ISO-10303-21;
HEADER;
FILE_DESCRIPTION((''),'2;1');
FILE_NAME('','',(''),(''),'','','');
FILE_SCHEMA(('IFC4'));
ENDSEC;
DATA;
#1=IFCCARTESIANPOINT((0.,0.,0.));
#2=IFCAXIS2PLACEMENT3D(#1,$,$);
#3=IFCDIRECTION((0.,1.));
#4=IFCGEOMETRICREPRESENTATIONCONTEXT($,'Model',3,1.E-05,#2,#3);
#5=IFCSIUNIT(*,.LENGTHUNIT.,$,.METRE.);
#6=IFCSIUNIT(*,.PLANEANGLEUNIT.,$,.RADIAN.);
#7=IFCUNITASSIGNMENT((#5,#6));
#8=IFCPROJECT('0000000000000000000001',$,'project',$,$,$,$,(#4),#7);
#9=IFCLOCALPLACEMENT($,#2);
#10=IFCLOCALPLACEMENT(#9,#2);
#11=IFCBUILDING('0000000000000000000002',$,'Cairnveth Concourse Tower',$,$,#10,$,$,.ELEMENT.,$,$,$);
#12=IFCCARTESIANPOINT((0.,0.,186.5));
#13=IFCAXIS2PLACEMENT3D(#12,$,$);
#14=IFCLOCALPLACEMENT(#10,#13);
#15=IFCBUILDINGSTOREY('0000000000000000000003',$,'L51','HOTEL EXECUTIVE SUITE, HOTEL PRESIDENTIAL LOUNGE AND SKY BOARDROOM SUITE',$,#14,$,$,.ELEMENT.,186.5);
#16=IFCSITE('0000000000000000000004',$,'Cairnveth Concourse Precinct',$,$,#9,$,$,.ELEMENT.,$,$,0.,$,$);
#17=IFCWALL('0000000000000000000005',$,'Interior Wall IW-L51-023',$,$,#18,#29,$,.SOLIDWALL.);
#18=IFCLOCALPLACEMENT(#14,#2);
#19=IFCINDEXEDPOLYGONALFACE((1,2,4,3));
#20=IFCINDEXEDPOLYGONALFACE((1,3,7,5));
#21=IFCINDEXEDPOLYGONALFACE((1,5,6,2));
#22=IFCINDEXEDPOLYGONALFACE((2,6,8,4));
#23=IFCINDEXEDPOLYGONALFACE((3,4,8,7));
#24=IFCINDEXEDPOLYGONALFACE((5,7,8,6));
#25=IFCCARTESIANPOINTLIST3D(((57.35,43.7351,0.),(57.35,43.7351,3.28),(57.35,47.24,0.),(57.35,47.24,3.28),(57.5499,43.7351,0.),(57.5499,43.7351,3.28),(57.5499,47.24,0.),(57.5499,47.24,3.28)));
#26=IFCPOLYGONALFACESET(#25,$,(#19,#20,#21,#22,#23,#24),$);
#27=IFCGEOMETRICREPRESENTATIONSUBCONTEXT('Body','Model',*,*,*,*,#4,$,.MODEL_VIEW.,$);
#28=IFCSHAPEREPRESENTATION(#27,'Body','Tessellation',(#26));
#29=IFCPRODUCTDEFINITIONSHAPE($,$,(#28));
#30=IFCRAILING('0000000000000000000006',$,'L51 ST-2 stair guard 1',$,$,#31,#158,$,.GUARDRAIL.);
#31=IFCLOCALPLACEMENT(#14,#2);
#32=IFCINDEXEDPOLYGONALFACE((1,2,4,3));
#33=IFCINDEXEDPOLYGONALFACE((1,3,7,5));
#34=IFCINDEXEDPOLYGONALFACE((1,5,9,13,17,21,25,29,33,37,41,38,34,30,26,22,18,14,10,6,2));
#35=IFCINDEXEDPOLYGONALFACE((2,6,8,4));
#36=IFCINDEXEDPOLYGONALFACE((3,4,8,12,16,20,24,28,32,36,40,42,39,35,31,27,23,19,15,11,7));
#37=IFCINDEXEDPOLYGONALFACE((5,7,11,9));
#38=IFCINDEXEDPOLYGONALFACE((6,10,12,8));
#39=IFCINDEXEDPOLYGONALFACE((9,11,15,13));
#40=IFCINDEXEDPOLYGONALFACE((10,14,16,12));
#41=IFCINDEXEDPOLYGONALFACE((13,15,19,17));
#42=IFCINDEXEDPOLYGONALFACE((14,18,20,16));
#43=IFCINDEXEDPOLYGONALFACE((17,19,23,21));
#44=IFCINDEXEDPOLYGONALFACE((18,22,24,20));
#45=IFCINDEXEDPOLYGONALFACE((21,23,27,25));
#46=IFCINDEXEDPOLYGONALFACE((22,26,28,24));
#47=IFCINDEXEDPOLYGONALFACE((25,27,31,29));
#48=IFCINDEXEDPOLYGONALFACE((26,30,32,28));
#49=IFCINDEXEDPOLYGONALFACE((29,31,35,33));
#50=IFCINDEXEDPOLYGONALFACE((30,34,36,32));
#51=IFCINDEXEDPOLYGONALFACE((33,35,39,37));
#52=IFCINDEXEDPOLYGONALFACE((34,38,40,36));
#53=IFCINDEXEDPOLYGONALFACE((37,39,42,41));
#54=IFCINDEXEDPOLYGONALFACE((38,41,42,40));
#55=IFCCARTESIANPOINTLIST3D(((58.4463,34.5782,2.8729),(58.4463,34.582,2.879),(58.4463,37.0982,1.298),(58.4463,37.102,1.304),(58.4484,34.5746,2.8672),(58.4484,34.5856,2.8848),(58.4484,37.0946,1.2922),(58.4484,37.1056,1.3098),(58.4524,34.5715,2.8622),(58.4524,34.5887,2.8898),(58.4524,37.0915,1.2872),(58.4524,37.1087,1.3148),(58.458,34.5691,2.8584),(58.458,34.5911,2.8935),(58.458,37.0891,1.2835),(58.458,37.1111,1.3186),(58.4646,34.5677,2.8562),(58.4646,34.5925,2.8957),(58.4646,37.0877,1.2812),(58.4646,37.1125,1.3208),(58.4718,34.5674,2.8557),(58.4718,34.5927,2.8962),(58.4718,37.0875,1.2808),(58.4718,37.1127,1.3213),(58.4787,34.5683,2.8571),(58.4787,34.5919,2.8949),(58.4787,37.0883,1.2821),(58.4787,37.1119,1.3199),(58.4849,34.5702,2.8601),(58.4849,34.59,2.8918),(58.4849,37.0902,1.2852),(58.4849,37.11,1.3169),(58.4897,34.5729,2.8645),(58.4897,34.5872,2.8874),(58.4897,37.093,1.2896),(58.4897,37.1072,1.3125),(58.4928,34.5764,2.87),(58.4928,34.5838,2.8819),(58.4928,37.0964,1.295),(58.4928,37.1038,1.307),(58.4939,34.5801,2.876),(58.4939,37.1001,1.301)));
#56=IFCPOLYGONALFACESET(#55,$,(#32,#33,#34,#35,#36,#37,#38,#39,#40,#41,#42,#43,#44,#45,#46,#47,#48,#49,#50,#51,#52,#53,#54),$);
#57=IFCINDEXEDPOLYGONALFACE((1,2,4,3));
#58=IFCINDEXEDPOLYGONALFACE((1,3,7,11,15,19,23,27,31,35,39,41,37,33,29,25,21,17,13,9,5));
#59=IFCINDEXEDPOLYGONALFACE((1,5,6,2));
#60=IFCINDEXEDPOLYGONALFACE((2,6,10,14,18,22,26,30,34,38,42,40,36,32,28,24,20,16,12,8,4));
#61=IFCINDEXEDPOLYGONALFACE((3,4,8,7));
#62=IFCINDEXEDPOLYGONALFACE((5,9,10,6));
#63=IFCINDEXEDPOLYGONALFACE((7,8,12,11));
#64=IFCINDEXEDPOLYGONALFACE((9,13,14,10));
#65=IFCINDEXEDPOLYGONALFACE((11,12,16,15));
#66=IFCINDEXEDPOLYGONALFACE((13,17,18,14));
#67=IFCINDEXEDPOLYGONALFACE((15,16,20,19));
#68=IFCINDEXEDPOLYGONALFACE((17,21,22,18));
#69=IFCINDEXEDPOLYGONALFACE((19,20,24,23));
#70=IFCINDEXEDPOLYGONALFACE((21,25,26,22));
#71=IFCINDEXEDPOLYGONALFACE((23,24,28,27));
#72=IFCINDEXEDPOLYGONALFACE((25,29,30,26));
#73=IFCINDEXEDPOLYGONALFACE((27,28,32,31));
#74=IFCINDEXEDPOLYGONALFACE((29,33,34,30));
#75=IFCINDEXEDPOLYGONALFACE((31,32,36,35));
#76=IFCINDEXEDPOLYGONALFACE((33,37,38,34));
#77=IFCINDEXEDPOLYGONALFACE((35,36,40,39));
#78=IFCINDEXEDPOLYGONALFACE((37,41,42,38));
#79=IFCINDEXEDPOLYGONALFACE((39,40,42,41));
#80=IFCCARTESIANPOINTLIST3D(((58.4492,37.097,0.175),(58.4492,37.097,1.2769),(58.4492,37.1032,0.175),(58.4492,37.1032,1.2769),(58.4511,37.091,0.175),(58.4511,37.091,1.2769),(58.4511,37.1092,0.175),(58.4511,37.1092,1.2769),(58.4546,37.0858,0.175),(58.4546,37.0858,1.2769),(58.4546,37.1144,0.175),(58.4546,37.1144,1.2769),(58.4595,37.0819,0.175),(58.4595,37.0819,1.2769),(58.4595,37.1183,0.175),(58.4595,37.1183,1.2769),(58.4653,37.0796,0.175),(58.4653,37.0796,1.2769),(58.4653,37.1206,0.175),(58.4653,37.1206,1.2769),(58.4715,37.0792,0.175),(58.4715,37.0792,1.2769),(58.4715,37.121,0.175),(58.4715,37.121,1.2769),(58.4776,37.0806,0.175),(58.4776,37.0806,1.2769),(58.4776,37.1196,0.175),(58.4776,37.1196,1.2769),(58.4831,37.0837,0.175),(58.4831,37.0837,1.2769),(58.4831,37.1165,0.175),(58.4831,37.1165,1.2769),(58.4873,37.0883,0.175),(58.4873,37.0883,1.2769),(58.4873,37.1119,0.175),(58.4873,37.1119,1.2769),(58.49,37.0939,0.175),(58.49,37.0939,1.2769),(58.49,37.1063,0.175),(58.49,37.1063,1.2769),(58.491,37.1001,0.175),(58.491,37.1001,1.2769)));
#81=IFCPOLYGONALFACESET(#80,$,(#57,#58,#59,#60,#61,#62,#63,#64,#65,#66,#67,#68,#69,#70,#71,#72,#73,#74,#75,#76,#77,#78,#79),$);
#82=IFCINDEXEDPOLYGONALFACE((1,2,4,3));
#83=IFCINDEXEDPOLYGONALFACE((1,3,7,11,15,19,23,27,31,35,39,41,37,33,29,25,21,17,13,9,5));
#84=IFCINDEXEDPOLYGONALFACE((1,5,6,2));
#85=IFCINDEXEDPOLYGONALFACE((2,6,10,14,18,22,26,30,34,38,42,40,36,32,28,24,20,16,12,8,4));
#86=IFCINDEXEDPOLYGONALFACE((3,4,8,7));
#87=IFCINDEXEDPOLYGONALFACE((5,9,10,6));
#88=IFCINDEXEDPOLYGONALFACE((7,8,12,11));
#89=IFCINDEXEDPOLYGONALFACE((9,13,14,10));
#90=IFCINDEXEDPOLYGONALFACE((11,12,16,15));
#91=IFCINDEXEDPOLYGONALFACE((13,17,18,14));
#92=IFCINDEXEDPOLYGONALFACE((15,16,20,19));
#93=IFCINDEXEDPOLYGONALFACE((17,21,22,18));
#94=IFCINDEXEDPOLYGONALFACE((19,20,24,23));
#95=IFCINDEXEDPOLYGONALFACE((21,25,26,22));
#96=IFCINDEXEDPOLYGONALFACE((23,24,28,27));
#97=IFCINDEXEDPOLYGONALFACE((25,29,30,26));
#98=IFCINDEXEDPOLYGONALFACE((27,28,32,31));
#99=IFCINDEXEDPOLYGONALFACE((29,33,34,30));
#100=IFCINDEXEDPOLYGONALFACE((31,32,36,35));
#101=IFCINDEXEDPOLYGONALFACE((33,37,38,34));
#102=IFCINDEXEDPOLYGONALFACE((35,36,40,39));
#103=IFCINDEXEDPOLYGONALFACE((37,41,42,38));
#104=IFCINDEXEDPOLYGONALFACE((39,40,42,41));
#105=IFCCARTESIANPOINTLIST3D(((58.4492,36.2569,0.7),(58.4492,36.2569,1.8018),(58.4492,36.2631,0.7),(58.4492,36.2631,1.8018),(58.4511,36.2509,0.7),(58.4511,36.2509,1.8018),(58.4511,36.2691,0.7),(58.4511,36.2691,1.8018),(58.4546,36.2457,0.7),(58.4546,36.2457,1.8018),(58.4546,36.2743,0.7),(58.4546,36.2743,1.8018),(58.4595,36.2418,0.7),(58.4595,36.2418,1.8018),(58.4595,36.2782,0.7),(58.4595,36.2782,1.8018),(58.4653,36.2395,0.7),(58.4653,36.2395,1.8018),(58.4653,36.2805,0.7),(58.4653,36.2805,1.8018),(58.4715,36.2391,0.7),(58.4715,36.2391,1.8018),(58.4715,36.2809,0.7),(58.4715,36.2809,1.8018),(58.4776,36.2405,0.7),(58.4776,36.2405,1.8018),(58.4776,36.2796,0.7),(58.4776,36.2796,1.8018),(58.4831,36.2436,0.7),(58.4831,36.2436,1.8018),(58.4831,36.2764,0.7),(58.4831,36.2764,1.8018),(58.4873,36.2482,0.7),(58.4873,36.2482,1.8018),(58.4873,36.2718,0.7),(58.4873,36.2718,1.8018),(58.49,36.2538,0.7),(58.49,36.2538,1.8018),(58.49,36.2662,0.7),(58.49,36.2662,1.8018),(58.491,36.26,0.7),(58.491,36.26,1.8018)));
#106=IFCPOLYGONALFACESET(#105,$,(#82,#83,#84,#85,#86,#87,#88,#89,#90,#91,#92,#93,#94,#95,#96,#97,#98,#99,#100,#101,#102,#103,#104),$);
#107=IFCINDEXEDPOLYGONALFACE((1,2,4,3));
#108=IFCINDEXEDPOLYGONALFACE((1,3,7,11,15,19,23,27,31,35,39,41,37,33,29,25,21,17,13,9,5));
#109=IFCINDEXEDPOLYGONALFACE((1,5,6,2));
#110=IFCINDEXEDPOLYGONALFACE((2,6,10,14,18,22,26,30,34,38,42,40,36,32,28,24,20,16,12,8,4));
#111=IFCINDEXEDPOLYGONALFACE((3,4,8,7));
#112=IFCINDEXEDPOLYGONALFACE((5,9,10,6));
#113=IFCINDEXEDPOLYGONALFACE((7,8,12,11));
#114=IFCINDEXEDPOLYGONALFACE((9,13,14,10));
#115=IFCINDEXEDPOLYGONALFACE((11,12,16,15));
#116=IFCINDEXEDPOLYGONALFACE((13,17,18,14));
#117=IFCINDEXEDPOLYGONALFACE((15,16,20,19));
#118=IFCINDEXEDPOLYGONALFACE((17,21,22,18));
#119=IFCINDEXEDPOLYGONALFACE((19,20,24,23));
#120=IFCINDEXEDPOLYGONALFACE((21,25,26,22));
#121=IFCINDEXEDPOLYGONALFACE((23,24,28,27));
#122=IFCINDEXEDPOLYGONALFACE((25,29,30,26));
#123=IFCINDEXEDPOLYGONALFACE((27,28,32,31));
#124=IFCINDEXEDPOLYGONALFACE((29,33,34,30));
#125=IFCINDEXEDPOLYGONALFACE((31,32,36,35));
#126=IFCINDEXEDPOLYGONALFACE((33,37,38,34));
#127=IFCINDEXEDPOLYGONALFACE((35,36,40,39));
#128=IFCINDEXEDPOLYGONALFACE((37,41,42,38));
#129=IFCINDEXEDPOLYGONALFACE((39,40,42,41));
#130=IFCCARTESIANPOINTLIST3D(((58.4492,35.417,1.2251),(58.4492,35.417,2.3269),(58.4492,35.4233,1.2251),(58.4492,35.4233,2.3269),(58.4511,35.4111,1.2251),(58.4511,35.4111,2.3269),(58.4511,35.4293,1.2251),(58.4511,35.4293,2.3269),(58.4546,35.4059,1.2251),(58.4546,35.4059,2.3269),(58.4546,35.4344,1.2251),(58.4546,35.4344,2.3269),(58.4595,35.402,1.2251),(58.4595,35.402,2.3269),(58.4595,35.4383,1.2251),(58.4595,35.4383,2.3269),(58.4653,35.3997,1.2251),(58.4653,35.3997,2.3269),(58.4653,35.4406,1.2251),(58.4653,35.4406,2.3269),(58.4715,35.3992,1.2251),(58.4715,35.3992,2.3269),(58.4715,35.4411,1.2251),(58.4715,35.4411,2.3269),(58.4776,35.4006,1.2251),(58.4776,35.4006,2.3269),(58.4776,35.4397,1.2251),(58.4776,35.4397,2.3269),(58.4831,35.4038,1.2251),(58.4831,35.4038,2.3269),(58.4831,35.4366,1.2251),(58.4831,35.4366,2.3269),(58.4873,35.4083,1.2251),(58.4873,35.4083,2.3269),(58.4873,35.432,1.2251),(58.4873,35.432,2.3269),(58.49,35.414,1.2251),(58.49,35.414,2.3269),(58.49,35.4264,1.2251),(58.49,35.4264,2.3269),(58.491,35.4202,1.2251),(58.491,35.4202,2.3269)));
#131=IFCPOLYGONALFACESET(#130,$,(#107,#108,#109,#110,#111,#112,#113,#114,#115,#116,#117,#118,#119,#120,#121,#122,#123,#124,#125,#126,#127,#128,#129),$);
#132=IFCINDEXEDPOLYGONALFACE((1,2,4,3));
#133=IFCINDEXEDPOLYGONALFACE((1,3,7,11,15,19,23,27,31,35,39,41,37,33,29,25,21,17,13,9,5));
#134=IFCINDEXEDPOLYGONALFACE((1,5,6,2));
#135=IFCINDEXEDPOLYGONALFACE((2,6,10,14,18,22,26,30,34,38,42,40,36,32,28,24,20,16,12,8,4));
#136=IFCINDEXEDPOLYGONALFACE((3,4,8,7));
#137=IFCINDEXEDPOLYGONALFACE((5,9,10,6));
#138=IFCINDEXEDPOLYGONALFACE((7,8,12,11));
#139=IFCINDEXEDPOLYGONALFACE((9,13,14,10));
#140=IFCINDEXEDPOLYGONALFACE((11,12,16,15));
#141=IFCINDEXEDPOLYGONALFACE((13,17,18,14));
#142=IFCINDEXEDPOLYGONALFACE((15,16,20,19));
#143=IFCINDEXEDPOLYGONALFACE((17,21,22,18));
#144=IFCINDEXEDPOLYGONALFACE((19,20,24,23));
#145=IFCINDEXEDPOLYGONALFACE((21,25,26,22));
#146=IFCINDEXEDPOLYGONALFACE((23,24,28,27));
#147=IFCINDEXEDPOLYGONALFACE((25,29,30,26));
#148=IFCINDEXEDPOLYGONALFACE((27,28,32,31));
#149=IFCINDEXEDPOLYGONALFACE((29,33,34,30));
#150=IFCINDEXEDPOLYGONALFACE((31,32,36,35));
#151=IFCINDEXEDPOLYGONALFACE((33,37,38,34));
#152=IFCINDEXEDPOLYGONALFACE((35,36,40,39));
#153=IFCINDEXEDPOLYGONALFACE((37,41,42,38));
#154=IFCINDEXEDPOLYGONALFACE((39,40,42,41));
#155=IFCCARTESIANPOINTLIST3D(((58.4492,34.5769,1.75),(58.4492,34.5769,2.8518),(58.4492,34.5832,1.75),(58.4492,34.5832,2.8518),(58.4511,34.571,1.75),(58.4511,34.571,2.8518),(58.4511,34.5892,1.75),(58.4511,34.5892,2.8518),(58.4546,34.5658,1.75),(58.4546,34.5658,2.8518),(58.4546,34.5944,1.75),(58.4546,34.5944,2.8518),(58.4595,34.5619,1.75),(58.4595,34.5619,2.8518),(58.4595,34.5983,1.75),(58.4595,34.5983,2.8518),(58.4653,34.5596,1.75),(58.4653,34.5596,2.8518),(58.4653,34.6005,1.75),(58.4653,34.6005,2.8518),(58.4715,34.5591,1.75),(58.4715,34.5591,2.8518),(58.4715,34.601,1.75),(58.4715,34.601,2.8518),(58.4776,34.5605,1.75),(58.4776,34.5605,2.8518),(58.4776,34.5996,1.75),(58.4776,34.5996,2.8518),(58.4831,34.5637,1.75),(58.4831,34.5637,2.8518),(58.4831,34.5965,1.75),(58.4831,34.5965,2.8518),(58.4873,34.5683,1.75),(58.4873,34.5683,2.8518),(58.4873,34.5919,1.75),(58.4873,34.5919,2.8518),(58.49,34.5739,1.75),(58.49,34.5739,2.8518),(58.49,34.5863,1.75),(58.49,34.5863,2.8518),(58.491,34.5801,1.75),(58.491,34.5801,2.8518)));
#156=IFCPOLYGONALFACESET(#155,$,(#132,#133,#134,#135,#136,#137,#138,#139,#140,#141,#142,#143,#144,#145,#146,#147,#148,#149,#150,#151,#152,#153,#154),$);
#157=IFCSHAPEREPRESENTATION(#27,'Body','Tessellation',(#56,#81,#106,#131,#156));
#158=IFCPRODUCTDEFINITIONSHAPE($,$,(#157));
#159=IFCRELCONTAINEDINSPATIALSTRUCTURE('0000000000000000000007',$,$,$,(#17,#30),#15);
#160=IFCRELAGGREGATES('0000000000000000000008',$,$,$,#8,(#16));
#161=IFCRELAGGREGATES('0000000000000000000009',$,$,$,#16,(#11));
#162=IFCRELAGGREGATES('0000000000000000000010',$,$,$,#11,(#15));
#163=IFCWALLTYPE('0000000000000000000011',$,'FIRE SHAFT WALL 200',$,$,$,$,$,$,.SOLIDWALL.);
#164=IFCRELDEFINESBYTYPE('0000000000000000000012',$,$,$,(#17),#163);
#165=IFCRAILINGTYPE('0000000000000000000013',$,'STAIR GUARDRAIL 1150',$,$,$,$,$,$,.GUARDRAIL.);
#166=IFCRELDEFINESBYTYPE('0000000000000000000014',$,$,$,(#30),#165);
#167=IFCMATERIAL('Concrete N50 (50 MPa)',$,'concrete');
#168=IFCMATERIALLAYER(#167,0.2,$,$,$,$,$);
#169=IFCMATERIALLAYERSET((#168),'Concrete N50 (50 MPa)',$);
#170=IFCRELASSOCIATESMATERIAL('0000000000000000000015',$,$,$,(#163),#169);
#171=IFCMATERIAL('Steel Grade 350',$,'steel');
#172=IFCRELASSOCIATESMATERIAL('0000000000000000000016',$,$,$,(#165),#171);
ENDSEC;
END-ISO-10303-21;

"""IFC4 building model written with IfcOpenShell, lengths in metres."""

from ifc_helpers import new_model, si_unit, direction, frame, frame_2d, origin, origin_2d, place, context, subcontext, project, spatial, rectangle, circle, extrude, material, layer, layer_set, type_object, element, save


model = new_model("IFC4")

# Units and contexts
model_context = context("Model", 3, precision=1e-05, world=origin(), true_north=direction((0.0, 1.0)))
body_context = subcontext(model_context, "Body", "Model", "MODEL_VIEW")
ifc_project = project(units=[si_unit("LENGTHUNIT", "METRE"), si_unit("PLANEANGLEUNIT", "RADIAN")], contexts=[model_context])

# Site, building, storey
site_placement = place(None, origin())
site = spatial("IfcSite", under=ifc_project, at=site_placement, Name="Cairnveth Concourse Precinct", CompositionType="ELEMENT", RefElevation=0.0)
building_placement = place(site_placement, origin())
building = spatial("IfcBuilding", under=site, at=building_placement, Name="Cairnveth Concourse Tower", CompositionType="ELEMENT")
storey_placement = place(building_placement, frame((0.0, 0.0, 186.5)))
storey = spatial("IfcBuildingStorey", under=building, at=storey_placement, Name="L51", Description="HOTEL EXECUTIVE SUITE, HOTEL PRESIDENTIAL LOUNGE AND SKY BOARDROOM SUITE", CompositionType="ELEMENT", Elevation=186.5)

# Shared definitions
ifc_material_1 = material(Name="Steel Grade 350", Category="steel")

# Shared definitions
ifc_material_2 = material(Name="Concrete N50 (50 MPa)", Category="concrete")

# Shared definitions
ifc_layer_1 = layer(ifc_material_2, 0.2)
ifc_layer_set_1 = layer_set([ifc_layer_1], Name="Concrete N50 (50 MPa)")
wall_type_1 = type_object("IfcWallType", Name="FIRE SHAFT WALL 200", PredefinedType="SOLIDWALL", material=ifc_layer_set_1)

# Wall
wall_1_placement = place(storey_placement, frame((57.45, 43.7351, 0.0), z_axis=(0.0, 0.0, 1.0), x_axis=(0.0, 1.0, 0.0)))
element("IfcWall", 1, at=wall_1_placement, inside=storey, type_object=wall_type_1, Name="Interior Wall IW-L51-023", PredefinedType="SOLIDWALL", context=body_context, shape_type="SweptSolid", body=[
    extrude(rectangle(XDim=3.5049, YDim=0.2, at=frame_2d((1.7524, 0.0))), origin(), (0.0, 0.0, 1.0), 3.28),
])

# Railing
railing_type = type_object("IfcRailingType", Name="STAIR GUARDRAIL 1150", PredefinedType="GUARDRAIL", material=ifc_material_1)
railing_1_placement = place(storey_placement, frame((58.47, 37.1001, 0.175)))
element("IfcRailing", 2, at=railing_1_placement, inside=storey, type_object=railing_type, Name="L51 ST-2 stair guard 1", PredefinedType="GUARDRAIL", context=body_context, shape_type="SweptSolid", body=[
    extrude(circle(Radius=0.0239, at=origin_2d()), frame((0.0, 0.0, 1.126), z_axis=(0.0, -0.848008, 0.529984), x_axis=(1.0, 0.0, 0.0)), (0.0, 0.0, 1.0), 2.9717),
    extrude(circle(Radius=0.021, at=origin_2d()), origin(), (0.0, 0.0, 1.0), 1.1018),
    extrude(circle(Radius=0.021, at=origin_2d()), frame((0.0, -0.8401, 0.5249)), (0.0, 0.0, 1.0), 1.1018),
    extrude(circle(Radius=0.021, at=origin_2d()), frame((0.0, -1.6799, 1.05)), (0.0, 0.0, 1.0), 1.1018),
    extrude(circle(Radius=0.021, at=origin_2d()), frame((0.0, -2.52, 1.575)), (0.0, 0.0, 1.0), 1.1018),
])

save(model, "model.ifc")
